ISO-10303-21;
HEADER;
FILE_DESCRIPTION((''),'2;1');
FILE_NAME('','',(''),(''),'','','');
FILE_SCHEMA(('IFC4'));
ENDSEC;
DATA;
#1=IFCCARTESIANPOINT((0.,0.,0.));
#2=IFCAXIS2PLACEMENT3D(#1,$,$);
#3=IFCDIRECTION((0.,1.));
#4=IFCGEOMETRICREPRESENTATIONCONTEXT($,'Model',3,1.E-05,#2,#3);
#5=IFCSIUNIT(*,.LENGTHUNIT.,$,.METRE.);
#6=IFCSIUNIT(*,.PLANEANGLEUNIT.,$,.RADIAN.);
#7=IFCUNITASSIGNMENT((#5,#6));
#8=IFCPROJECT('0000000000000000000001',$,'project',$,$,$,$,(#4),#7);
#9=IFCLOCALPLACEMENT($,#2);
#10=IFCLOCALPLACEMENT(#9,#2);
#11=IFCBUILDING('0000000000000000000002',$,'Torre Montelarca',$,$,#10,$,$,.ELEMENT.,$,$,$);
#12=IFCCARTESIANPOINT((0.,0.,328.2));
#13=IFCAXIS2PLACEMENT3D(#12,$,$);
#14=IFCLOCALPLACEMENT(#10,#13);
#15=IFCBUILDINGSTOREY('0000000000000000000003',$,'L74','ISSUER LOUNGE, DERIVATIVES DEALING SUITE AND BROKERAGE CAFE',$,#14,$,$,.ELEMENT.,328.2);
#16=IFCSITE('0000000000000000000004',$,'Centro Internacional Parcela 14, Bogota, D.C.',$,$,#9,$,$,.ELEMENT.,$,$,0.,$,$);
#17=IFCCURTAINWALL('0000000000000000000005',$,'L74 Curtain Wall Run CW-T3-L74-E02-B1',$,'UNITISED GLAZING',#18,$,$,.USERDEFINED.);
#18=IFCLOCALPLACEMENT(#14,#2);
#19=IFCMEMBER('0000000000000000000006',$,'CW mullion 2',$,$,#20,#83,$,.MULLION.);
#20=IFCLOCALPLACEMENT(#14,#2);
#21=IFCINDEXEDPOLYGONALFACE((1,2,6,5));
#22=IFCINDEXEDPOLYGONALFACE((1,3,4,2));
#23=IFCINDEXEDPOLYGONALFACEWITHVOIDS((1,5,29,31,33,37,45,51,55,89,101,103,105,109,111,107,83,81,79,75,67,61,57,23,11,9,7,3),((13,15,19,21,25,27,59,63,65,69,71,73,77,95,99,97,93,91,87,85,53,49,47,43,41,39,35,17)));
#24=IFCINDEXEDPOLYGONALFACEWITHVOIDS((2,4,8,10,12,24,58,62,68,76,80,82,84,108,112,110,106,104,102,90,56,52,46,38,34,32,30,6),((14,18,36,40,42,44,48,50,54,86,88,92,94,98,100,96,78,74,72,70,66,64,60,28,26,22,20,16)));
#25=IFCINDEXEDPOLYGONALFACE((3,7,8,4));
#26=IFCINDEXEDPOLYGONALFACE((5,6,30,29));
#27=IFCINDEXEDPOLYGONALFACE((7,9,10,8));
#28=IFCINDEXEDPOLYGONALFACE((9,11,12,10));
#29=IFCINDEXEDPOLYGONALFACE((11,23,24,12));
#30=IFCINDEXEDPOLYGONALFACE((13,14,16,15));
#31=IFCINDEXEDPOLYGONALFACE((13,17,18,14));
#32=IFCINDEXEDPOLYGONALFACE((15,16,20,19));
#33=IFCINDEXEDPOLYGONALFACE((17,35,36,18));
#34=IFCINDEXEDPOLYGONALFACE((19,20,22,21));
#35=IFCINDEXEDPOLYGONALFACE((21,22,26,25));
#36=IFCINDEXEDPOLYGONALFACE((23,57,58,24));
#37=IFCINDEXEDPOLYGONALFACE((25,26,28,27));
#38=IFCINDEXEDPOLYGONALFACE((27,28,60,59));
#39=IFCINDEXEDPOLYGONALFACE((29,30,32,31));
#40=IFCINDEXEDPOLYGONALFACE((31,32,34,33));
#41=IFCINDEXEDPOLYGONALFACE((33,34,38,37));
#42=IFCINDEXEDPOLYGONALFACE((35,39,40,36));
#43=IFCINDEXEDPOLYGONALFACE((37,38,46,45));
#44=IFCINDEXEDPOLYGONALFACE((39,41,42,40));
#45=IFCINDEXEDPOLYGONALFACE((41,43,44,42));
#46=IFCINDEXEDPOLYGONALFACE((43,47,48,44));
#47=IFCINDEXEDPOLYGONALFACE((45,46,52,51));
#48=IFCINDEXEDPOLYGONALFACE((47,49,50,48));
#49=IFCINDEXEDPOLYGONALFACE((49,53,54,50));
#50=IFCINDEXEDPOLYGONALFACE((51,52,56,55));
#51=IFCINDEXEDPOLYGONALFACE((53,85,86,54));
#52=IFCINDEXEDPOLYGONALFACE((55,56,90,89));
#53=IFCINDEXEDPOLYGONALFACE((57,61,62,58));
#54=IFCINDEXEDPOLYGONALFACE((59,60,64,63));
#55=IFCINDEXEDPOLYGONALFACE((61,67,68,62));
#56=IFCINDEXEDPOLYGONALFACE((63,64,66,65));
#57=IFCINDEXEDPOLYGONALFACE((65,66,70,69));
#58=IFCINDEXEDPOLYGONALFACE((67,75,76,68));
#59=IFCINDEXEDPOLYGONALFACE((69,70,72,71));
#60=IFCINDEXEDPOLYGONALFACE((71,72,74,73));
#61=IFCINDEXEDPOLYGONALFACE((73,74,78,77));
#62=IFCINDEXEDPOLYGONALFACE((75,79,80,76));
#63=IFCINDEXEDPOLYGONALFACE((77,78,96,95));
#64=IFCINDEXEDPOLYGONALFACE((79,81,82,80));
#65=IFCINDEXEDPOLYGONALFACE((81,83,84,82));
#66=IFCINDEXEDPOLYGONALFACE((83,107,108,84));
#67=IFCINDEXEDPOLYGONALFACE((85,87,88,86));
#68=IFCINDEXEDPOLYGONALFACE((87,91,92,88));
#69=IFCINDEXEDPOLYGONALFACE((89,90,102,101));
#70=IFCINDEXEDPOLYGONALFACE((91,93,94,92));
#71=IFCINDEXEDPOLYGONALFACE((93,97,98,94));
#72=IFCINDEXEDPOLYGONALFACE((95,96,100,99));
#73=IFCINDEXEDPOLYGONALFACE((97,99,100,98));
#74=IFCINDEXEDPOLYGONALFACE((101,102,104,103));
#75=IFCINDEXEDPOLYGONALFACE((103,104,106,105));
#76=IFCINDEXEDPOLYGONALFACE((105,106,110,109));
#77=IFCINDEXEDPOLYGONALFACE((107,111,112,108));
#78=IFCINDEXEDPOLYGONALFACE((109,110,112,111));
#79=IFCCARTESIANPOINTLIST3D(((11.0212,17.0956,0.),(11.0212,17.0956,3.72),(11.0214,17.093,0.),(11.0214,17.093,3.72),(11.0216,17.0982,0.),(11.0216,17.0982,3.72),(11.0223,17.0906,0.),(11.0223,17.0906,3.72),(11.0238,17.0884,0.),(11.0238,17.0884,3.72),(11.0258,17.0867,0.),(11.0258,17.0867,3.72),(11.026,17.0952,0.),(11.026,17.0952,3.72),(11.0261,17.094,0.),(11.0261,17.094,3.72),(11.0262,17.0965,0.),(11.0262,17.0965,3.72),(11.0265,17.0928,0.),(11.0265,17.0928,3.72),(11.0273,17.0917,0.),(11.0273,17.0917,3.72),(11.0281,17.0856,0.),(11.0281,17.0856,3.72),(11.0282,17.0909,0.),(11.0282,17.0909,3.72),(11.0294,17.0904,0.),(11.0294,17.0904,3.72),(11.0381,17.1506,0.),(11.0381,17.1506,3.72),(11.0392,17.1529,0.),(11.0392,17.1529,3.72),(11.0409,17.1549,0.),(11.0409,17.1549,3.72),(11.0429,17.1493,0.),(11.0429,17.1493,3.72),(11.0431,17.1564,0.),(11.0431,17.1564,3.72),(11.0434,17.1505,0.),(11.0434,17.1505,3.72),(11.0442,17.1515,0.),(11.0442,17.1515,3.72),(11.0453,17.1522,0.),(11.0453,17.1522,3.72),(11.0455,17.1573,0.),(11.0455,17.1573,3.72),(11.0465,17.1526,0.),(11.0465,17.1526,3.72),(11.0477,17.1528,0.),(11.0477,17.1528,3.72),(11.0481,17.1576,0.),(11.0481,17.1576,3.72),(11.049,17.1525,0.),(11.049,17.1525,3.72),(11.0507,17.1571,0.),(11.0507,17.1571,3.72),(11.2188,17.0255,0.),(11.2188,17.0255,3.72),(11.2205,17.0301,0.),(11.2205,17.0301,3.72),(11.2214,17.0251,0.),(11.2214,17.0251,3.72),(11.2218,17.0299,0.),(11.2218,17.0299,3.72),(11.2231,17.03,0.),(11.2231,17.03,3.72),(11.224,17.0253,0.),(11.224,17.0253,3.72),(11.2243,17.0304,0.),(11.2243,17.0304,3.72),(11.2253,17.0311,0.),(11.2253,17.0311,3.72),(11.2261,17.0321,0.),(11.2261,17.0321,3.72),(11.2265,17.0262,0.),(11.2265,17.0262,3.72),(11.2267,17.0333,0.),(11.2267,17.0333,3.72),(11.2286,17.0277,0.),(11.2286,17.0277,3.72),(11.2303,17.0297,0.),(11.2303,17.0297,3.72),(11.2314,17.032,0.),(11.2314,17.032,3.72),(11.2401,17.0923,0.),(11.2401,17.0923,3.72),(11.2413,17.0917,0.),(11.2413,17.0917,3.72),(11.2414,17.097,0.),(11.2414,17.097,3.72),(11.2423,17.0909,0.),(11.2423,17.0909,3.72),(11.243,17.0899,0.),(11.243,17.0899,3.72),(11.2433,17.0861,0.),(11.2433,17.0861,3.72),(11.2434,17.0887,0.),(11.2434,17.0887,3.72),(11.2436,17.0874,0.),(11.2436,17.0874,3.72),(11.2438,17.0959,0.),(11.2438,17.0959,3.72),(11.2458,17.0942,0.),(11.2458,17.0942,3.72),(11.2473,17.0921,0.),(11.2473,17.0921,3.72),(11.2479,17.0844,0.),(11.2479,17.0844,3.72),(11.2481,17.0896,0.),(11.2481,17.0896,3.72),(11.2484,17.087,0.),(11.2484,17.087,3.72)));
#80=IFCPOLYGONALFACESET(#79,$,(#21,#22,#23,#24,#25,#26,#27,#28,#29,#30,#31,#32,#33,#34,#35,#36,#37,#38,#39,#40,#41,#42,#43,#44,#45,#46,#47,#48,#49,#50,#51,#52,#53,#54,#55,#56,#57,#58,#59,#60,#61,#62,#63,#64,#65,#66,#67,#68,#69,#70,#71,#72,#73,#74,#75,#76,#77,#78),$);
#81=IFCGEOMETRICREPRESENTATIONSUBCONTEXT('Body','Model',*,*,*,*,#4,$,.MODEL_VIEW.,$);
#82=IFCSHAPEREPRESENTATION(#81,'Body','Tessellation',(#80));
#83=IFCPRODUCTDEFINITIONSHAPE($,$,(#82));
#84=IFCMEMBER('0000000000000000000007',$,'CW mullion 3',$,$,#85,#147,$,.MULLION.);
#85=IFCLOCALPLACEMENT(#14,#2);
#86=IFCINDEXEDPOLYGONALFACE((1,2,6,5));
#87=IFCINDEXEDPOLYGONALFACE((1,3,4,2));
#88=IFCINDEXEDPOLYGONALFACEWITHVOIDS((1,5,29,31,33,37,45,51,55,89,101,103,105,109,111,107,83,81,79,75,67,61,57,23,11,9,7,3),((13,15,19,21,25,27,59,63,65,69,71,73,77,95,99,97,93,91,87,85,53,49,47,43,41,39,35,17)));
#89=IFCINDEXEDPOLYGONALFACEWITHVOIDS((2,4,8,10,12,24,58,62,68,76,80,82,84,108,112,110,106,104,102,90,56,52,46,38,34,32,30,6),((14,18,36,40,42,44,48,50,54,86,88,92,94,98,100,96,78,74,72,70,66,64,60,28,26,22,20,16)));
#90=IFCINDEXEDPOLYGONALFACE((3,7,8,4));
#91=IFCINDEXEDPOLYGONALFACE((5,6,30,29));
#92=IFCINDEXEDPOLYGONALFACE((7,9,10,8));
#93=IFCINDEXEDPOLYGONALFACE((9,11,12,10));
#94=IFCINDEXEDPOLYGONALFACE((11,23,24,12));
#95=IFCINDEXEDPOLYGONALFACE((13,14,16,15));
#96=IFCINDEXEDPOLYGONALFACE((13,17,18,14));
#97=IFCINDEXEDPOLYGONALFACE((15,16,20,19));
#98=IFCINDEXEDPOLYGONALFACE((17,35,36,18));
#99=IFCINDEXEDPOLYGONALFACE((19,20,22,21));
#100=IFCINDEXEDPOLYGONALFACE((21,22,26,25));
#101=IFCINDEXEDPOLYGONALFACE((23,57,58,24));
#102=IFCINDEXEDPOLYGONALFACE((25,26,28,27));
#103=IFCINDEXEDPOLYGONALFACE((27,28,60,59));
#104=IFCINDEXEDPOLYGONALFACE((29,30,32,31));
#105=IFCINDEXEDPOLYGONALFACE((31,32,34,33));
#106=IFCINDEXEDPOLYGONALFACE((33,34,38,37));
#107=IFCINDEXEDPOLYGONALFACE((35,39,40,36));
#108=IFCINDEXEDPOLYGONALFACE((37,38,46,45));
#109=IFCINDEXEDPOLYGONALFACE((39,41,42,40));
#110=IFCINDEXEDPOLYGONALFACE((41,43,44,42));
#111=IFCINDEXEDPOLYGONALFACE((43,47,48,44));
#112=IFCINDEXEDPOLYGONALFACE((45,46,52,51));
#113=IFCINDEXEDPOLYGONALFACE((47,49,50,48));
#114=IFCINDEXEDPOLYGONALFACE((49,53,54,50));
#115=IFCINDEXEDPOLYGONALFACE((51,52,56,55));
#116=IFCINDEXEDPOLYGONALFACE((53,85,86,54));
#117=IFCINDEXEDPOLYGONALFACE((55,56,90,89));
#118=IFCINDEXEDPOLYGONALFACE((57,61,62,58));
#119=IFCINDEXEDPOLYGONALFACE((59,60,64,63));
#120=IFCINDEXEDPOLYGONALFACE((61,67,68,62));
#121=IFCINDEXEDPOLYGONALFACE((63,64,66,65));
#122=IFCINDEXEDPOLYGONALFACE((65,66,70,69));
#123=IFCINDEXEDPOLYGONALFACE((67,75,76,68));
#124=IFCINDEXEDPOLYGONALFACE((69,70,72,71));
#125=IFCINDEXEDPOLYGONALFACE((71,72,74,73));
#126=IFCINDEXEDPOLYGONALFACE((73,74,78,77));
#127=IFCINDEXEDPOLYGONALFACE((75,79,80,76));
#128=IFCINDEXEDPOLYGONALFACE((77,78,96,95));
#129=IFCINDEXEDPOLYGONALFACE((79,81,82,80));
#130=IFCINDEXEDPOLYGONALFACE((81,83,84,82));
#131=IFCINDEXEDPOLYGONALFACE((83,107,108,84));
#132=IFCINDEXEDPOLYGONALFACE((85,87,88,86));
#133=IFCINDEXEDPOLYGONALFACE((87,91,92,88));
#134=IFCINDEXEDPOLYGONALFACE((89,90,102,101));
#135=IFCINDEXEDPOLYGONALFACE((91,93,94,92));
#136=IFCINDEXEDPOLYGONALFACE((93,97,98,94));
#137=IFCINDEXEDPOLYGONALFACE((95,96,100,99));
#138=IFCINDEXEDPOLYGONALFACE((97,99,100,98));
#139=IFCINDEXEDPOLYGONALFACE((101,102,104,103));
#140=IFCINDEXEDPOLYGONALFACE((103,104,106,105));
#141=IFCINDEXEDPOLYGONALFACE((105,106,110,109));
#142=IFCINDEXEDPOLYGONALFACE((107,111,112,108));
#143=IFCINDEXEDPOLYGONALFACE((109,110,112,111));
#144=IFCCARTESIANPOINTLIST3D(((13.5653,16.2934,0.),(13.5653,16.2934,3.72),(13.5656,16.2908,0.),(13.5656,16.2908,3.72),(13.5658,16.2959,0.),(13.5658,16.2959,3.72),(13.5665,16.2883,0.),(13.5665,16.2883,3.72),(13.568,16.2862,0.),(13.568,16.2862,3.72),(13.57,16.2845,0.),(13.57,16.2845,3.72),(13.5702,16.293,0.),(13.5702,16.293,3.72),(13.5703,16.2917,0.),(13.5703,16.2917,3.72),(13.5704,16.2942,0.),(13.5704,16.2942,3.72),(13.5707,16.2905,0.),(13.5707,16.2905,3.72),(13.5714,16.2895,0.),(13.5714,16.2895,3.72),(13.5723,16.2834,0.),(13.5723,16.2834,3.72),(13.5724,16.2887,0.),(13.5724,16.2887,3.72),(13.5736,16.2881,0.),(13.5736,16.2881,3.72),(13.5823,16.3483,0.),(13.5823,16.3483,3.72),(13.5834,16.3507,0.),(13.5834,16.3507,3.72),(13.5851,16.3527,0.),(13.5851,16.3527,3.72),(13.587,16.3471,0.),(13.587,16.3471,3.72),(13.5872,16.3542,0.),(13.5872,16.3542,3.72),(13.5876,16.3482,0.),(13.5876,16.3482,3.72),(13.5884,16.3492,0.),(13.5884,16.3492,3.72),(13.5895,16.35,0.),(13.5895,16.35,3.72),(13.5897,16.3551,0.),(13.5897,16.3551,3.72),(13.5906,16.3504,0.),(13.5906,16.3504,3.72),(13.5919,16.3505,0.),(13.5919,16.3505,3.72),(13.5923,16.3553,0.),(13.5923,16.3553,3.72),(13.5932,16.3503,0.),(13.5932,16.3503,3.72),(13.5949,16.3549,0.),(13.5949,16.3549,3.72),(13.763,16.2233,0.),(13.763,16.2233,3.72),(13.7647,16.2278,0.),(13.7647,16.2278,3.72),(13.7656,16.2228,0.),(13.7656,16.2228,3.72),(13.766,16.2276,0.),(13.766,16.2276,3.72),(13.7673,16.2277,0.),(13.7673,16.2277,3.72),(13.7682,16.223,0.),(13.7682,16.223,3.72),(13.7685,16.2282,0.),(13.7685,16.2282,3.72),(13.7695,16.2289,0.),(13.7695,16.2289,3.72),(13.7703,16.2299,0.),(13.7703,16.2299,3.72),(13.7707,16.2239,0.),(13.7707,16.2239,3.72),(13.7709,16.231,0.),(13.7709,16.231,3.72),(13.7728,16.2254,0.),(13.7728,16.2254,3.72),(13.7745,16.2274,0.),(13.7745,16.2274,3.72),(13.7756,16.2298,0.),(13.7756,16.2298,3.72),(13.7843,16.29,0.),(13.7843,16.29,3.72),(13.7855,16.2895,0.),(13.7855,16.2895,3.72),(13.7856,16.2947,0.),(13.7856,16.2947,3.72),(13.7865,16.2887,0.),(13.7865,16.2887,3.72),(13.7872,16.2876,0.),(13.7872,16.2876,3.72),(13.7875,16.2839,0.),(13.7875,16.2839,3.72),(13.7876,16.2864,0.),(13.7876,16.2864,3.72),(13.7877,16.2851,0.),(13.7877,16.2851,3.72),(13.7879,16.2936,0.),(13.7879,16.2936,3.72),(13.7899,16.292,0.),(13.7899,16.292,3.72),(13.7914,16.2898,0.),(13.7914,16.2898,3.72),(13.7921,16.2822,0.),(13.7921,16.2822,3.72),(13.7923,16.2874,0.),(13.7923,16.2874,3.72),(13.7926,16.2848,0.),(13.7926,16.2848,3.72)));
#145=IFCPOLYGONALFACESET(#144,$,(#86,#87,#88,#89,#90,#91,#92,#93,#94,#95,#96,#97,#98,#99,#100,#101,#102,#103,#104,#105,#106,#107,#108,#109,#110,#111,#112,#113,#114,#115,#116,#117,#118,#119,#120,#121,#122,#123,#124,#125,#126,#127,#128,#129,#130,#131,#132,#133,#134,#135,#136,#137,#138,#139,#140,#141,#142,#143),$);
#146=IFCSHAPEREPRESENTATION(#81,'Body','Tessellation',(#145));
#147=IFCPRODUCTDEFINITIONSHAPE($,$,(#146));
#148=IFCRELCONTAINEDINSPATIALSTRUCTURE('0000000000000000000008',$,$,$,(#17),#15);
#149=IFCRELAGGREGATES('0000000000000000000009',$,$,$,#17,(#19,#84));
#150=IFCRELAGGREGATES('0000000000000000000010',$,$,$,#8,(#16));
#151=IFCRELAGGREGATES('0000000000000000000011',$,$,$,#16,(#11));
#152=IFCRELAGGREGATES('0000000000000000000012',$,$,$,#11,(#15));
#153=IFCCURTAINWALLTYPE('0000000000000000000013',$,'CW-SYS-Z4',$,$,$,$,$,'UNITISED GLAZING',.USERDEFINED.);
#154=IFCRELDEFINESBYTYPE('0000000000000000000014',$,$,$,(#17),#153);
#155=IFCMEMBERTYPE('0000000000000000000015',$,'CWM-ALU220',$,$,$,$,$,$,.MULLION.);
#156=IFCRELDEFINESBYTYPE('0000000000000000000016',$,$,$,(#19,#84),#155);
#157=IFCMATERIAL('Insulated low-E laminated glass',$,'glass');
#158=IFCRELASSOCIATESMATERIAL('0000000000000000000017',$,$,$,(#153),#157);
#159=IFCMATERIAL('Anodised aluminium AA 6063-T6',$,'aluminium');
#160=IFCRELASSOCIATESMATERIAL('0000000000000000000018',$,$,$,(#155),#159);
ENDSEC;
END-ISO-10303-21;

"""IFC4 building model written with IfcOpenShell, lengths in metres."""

from ifc_helpers import new_model, si_unit, direction, frame, origin, origin_2d, place, context, subcontext, project, spatial, hollow_rectangle, extrude, source, transform, mapped, material, material_profile, profile_set, type_object, element, aggregate, save


model = new_model("IFC4")

# Units and contexts
model_context = context("Model", 3, precision=1e-05, world=origin(), true_north=direction((0.0, 1.0)))
body_context = subcontext(model_context, "Body", "Model", "MODEL_VIEW")
ifc_project = project(units=[si_unit("LENGTHUNIT", "METRE"), si_unit("PLANEANGLEUNIT", "RADIAN")], contexts=[model_context])

# Site, building, storey
site_placement = place(None, origin())
site = spatial("IfcSite", under=ifc_project, at=site_placement, Name="Centro Internacional Parcela 14, Bogota, D.C.", CompositionType="ELEMENT", RefElevation=0.0)
building_placement = place(site_placement, origin())
building = spatial("IfcBuilding", under=site, at=building_placement, Name="Torre Montelarca", CompositionType="ELEMENT")
storey_placement = place(building_placement, frame((0.0, 0.0, 328.2)))
storey = spatial("IfcBuildingStorey", under=building, at=storey_placement, Name="L74", Description="ISSUER LOUNGE, DERIVATIVES DEALING SUITE AND BROKERAGE CAFE", CompositionType="ELEMENT", Elevation=328.2)

# Curtain wall, members
ifc_material_1 = material(Name="Insulated low-E laminated glass", Category="glass")
curtain_wall_type = type_object("IfcCurtainWallType", Name="CW-SYS-Z4", ElementType="UNITISED GLAZING", PredefinedType="USERDEFINED", material=ifc_material_1)
curtain_wall_1_placement = place(storey_placement, origin())
curtain_wall_1 = element("IfcCurtainWall", 1, at=curtain_wall_1_placement, inside=storey, type_object=curtain_wall_type, Name="L74 Curtain Wall Run CW-T3-L74-E02-B1", ObjectType="UNITISED GLAZING", PredefinedType="USERDEFINED")
ifc_material_2 = material(Name="Anodised aluminium AA 6063-T6", Category="aluminium")
ifc_material_profile_1 = material_profile(ifc_material_2, hollow_rectangle(XDim=0.075, YDim=0.22, WallThickness=0.0049, InnerFilletRadius=0.0049, OuterFilletRadius=0.01, at=origin_2d()), Name="ALU75X220X5", Category="aluminium")
ifc_profile_set_1 = profile_set([ifc_material_profile_1], Name="Anodised aluminium AA 6063-T6")
member_type_1 = type_object("IfcMemberType", Name="CWM-ALU220", PredefinedType="MULLION", material=ifc_profile_set_1)
shared_shape_1 = source(origin(), body_context, "Body", "SweptSolid", [
    extrude(hollow_rectangle(XDim=0.075, YDim=0.22, WallThickness=0.0049, InnerFilletRadius=0.0049, OuterFilletRadius=0.01, at=origin_2d()), origin(), (0.0, 0.0, 1.0), 3.72),
])
member_1_placement = place(storey_placement, frame((11.1348, 17.0913, 0.0), z_axis=(0.0, 0.0, 1.0), x_axis=(0.300698, 0.953719, 0.0)))
member_1 = element("IfcMember", 2, at=member_1_placement, type_object=member_type_1, Name="CW mullion 2", PredefinedType="MULLION", context=body_context, shape_type="MappedRepresentation", body=[
    mapped(shared_shape_1, transform((0.0, 0.0, 0.0), scale=1.0)),
])
member_2_placement = place(storey_placement, frame((13.679, 16.2891, 0.0), z_axis=(0.0, 0.0, 1.0), x_axis=(0.300698, 0.953719, 0.0)))
member_2 = element("IfcMember", 3, at=member_2_placement, type_object=member_type_1, Name="CW mullion 3", PredefinedType="MULLION", context=body_context, shape_type="MappedRepresentation", body=[
    mapped(shared_shape_1, transform((0.0, 0.0, 0.0), scale=1.0)),
])

aggregate(curtain_wall_1, [member_1, member_2])

save(model, "model.ifc")
